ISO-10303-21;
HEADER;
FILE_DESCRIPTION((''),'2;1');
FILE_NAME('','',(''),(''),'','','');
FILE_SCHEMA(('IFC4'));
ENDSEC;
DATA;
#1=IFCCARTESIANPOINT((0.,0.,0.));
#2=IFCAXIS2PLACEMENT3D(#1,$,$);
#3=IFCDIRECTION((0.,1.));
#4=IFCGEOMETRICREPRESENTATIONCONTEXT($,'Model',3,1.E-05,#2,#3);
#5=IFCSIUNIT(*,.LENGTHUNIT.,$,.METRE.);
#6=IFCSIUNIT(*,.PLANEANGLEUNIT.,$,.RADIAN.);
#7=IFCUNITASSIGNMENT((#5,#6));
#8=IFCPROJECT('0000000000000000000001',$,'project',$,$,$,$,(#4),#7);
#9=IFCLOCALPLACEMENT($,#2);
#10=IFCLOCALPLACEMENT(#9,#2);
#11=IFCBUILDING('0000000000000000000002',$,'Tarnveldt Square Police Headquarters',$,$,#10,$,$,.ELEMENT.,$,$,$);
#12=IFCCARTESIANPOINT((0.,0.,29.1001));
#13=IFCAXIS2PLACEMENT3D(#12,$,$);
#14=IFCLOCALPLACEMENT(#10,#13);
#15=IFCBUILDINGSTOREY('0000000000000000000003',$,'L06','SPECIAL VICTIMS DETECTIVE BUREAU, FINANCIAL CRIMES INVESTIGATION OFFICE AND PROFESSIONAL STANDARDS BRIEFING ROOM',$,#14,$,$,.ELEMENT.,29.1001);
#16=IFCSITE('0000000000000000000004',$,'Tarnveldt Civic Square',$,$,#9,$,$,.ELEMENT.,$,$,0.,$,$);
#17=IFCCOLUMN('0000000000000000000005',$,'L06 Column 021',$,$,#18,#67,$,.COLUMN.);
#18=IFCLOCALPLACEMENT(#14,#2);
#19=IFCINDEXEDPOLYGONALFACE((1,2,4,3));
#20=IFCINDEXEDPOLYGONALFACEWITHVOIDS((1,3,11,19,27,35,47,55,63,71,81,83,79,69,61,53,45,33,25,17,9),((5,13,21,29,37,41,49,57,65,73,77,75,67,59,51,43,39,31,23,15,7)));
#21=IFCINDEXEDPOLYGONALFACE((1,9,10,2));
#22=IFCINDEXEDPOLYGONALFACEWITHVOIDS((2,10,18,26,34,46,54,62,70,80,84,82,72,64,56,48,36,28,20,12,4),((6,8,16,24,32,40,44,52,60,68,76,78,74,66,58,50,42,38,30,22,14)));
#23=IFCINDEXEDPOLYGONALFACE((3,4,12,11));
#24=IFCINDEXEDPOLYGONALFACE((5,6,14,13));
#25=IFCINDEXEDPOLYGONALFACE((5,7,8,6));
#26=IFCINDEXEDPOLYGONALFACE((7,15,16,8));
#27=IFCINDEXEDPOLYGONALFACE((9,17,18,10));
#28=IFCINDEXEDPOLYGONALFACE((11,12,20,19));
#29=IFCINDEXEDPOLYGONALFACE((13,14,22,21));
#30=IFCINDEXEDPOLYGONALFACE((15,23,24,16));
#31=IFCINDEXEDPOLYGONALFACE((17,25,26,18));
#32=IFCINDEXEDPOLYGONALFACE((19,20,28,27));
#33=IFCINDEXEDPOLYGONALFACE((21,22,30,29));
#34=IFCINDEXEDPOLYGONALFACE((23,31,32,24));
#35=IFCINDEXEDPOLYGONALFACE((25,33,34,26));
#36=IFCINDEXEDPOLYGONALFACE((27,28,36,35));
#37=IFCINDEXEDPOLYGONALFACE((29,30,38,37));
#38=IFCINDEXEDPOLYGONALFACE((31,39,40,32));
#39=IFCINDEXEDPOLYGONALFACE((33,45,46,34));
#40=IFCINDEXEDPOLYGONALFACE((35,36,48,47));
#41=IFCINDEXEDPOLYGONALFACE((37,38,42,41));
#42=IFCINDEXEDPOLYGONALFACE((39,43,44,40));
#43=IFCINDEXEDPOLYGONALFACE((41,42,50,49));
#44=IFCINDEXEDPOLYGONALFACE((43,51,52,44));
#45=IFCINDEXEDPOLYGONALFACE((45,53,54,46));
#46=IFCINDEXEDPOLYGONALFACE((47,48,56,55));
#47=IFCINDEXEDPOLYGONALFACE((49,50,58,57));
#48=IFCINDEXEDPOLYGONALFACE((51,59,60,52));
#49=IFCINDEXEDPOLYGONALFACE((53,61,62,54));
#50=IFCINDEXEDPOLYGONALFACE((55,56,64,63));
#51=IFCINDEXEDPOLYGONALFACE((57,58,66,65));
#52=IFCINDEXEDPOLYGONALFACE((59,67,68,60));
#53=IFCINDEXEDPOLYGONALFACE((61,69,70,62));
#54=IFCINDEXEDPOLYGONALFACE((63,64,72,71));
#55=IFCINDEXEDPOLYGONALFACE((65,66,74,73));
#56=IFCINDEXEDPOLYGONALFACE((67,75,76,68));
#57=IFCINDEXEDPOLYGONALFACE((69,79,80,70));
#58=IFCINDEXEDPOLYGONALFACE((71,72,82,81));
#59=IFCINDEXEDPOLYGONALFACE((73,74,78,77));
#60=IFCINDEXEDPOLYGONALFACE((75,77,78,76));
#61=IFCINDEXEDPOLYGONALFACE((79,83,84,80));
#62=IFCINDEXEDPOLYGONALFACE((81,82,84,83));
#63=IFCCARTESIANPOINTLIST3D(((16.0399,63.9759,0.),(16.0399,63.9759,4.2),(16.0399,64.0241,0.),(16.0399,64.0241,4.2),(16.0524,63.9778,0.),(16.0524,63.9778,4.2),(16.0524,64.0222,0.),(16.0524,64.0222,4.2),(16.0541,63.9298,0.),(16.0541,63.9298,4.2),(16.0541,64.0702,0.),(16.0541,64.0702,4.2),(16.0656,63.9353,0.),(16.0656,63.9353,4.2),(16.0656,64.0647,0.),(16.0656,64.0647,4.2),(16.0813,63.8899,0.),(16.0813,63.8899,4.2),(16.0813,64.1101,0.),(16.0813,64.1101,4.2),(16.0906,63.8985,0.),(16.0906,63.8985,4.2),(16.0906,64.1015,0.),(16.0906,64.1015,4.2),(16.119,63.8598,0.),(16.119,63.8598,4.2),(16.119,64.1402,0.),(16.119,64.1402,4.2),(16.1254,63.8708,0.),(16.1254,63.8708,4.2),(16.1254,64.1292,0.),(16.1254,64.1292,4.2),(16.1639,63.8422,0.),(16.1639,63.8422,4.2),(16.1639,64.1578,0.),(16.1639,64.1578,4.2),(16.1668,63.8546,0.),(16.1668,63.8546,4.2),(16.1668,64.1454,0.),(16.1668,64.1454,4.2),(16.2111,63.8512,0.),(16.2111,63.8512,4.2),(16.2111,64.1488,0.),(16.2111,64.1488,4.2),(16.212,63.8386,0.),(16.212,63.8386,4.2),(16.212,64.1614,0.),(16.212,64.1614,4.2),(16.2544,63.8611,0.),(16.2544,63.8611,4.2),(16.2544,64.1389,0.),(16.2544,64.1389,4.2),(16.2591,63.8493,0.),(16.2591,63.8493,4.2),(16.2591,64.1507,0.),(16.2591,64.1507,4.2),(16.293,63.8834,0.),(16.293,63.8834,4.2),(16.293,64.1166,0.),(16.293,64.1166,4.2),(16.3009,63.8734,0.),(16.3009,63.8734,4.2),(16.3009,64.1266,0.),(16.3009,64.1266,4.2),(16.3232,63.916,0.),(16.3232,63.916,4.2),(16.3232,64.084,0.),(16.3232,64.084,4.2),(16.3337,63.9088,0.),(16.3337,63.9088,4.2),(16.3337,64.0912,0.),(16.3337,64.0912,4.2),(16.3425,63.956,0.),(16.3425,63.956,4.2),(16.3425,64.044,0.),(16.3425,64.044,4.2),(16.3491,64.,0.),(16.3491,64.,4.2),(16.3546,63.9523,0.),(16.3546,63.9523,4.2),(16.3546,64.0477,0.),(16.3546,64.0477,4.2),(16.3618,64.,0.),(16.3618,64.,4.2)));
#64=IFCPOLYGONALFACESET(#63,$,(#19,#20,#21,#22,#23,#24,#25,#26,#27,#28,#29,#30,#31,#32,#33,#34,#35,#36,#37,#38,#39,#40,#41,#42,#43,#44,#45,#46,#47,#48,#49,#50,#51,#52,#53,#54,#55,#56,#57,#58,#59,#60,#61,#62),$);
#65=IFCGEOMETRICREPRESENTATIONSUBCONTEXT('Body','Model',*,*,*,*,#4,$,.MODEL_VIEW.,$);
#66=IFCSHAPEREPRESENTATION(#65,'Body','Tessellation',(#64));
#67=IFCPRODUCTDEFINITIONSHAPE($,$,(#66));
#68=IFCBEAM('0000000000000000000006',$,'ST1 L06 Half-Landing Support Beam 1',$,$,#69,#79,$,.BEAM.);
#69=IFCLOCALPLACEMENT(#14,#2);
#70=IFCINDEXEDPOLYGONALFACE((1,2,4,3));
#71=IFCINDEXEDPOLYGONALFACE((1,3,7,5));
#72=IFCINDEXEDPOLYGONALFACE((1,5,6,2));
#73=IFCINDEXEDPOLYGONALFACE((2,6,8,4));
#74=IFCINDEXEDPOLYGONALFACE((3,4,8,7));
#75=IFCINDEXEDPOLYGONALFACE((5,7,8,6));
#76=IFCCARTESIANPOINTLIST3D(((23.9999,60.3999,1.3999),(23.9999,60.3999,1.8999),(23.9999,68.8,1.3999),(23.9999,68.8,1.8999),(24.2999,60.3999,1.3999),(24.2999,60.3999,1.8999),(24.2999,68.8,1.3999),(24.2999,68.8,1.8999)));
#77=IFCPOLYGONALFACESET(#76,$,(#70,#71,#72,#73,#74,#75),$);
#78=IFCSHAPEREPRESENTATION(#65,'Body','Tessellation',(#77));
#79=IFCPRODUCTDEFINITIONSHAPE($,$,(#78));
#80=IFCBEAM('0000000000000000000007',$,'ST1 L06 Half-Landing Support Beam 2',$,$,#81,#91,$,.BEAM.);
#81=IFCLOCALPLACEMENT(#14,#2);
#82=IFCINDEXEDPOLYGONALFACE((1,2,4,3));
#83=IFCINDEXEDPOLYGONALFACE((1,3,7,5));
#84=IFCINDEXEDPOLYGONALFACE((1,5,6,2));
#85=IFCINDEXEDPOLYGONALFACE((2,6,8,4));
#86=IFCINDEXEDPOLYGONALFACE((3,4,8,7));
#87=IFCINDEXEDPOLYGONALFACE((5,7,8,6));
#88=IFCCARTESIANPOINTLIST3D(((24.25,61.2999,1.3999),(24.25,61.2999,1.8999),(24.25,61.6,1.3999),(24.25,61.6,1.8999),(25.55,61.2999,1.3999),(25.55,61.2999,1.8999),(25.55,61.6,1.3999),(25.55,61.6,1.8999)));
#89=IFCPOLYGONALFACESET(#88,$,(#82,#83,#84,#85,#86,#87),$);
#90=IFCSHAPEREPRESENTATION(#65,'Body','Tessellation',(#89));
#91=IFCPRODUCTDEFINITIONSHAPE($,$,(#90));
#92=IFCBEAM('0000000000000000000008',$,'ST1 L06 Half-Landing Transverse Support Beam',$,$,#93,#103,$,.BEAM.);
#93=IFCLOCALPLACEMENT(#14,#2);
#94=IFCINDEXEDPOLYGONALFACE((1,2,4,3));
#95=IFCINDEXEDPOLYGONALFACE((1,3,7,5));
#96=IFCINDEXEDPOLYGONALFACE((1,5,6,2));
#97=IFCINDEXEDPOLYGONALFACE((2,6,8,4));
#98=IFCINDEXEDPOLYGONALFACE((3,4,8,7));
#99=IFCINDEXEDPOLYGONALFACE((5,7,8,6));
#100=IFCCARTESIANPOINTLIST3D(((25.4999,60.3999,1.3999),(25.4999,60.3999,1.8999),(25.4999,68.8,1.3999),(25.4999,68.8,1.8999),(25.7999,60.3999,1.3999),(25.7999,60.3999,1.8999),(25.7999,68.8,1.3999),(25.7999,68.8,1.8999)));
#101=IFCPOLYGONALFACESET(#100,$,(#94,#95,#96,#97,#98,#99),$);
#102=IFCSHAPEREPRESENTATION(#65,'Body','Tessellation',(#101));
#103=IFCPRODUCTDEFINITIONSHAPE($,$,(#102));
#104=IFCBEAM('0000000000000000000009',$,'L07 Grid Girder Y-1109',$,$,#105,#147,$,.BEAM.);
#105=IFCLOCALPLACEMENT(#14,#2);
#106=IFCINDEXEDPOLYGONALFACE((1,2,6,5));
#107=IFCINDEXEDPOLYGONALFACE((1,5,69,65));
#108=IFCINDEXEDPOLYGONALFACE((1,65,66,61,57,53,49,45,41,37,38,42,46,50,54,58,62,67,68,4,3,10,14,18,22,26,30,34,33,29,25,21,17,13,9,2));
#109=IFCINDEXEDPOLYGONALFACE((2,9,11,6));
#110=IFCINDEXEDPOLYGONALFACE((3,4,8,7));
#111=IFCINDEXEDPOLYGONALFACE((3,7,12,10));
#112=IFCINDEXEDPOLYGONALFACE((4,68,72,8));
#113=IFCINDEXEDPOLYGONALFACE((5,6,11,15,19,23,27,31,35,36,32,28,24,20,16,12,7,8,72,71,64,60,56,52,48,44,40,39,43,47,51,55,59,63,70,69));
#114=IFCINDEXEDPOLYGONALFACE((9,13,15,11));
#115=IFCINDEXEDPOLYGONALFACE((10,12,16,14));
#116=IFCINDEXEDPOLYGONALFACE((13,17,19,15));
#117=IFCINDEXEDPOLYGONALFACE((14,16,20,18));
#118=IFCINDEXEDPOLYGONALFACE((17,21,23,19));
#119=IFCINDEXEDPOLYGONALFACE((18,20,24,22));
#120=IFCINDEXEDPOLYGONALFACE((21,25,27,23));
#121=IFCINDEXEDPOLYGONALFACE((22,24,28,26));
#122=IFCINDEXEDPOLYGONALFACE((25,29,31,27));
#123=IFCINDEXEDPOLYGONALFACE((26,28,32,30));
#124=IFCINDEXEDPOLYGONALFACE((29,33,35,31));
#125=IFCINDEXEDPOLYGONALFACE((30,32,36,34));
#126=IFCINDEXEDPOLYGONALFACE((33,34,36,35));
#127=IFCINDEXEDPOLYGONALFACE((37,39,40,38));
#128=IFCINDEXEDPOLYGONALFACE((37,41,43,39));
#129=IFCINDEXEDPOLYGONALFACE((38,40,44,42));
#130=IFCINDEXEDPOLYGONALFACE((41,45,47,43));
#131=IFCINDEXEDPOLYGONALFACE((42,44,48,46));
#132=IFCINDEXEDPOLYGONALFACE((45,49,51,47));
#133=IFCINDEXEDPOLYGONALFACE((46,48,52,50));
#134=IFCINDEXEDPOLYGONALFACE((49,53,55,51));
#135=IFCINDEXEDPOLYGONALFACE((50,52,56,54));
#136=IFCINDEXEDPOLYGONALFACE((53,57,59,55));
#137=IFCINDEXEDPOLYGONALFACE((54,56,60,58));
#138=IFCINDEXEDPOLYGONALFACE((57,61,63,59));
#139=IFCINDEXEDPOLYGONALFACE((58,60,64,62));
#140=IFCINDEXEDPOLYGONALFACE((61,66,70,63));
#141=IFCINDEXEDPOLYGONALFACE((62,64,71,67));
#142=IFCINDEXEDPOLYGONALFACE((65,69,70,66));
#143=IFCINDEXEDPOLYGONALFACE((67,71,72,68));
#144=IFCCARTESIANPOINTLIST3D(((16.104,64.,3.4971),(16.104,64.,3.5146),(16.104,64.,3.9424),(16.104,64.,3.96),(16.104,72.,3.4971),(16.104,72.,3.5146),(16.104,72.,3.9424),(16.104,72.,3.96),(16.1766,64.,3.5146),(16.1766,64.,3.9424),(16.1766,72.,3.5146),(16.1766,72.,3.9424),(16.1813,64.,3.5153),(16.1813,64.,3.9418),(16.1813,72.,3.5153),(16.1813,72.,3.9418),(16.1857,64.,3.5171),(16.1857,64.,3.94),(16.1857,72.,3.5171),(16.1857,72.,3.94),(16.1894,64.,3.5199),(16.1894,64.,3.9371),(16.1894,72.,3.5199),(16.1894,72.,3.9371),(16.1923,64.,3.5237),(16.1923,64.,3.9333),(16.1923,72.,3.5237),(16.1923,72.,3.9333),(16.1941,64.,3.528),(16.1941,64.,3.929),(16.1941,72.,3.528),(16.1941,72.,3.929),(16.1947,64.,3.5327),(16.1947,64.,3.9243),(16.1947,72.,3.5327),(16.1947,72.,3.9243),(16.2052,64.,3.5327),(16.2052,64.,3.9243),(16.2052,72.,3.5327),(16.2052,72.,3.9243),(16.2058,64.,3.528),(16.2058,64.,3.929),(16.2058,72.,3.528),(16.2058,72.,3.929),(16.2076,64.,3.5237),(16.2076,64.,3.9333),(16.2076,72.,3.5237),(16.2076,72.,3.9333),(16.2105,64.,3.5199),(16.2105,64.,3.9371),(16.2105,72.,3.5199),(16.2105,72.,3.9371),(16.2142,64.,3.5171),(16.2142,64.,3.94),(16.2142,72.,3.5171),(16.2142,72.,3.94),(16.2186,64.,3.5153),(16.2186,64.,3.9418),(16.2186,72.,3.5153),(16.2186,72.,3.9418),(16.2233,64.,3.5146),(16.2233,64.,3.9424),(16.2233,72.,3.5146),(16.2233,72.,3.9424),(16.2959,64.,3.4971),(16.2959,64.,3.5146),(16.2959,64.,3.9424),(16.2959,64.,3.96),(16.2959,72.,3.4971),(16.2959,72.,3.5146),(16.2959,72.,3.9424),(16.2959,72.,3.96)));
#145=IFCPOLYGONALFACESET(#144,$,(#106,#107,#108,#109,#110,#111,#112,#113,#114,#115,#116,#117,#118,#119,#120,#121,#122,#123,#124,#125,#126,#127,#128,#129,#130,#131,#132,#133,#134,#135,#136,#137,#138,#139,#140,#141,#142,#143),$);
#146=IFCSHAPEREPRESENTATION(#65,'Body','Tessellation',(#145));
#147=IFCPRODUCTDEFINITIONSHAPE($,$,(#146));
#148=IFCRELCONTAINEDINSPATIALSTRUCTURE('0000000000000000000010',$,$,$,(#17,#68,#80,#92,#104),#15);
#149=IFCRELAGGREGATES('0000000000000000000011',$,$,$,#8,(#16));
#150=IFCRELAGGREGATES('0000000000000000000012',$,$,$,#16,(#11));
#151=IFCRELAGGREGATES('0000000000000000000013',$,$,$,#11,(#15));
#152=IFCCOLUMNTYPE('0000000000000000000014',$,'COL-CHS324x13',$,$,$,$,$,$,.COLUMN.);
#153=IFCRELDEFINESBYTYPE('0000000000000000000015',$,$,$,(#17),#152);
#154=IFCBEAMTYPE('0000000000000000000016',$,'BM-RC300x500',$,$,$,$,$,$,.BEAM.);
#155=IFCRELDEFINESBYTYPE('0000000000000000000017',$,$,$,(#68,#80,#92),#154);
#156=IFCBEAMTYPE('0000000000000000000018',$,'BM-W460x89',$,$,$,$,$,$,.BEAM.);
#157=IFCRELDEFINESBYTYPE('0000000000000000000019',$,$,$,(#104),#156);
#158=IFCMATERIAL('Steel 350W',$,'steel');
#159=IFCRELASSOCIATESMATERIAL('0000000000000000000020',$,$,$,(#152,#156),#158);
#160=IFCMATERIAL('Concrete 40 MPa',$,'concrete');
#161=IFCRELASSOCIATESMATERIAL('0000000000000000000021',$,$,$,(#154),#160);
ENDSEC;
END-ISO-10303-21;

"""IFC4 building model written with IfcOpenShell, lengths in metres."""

from ifc_helpers import new_model, si_unit, direction, frame, origin, origin_2d, place, context, subcontext, project, spatial, rectangle, hollow_circle, i_section, extrude, material, material_profile, profile_set, type_object, element, save


model = new_model("IFC4")

# Units and contexts
model_context = context("Model", 3, precision=1e-05, world=origin(), true_north=direction((0.0, 1.0)))
body_context = subcontext(model_context, "Body", "Model", "MODEL_VIEW")
ifc_project = project(units=[si_unit("LENGTHUNIT", "METRE"), si_unit("PLANEANGLEUNIT", "RADIAN")], contexts=[model_context])

# Site, building, storey
site_placement = place(None, origin())
site = spatial("IfcSite", under=ifc_project, at=site_placement, Name="Tarnveldt Civic Square", CompositionType="ELEMENT", RefElevation=0.0)
building_placement = place(site_placement, origin())
building = spatial("IfcBuilding", under=site, at=building_placement, Name="Tarnveldt Square Police Headquarters", CompositionType="ELEMENT")
storey_placement = place(building_placement, frame((0.0, 0.0, 29.1001)))
storey = spatial("IfcBuildingStorey", under=building, at=storey_placement, Name="L06", Description="SPECIAL VICTIMS DETECTIVE BUREAU, FINANCIAL CRIMES INVESTIGATION OFFICE AND PROFESSIONAL STANDARDS BRIEFING ROOM", CompositionType="ELEMENT", Elevation=29.1001)

# Column
ifc_material_1 = material(Name="Steel 350W", Category="steel")
ifc_material_profile_1 = material_profile(ifc_material_1, hollow_circle(Radius=0.1619, WallThickness=0.0127, at=origin_2d()), Name="HSS324x13")
ifc_profile_set_1 = profile_set([ifc_material_profile_1], Name="Steel 350W")
column_type = type_object("IfcColumnType", Name="COL-CHS324x13", PredefinedType="COLUMN", material=ifc_profile_set_1)
column_placement = place(storey_placement, frame((16.2, 64.0, 0.0), z_axis=(0.0, 0.0, 1.0), x_axis=(1.0, 0.0, 0.0)))
element("IfcColumn", 1, at=column_placement, inside=storey, type_object=column_type, Name="L06 Column 021", PredefinedType="COLUMN", context=body_context, shape_type="SweptSolid", body=[
    extrude(hollow_circle(Radius=0.1619, WallThickness=0.0127, at=origin_2d()), origin(), (0.0, 0.0, 1.0), 4.2),
])

# Beams
ifc_material_2 = material(Name="Concrete 40 MPa", Category="concrete")
ifc_material_profile_2 = material_profile(ifc_material_2, rectangle(XDim=0.3, YDim=0.5, at=origin_2d()), Name="RC-B300x500")
ifc_profile_set_2 = profile_set([ifc_material_profile_2], Name="Concrete 40 MPa")
beam_type_1 = type_object("IfcBeamType", Name="BM-RC300x500", PredefinedType="BEAM", material=ifc_profile_set_2)
beam_1_placement = place(storey_placement, frame((24.1499, 60.3999, 1.6499), z_axis=(0.0, 1.0, 0.0), x_axis=(-1.0, 0.0, 0.0)))
element("IfcBeam", 2, at=beam_1_placement, inside=storey, type_object=beam_type_1, Name="ST1 L06 Half-Landing Support Beam 1", PredefinedType="BEAM", context=body_context, shape_type="SweptSolid", body=[
    extrude(rectangle(XDim=0.3, YDim=0.5, at=origin_2d()), origin(), (0.0, 0.0, 1.0), 8.4001),
])
beam_2_placement = place(storey_placement, frame((24.25, 61.45, 1.6499), z_axis=(1.0, 0.0, 0.0), x_axis=(0.0, 1.0, 0.0)))
element("IfcBeam", 3, at=beam_2_placement, inside=storey, type_object=beam_type_1, Name="ST1 L06 Half-Landing Support Beam 2", PredefinedType="BEAM", context=body_context, shape_type="SweptSolid", body=[
    extrude(rectangle(XDim=0.3, YDim=0.5, at=origin_2d()), origin(), (0.0, 0.0, 1.0), 1.3),
])
beam_3_placement = place(storey_placement, frame((25.6499, 60.3999, 1.6499), z_axis=(0.0, 1.0, 0.0), x_axis=(-1.0, 0.0, 0.0)))
element("IfcBeam", 4, at=beam_3_placement, inside=storey, type_object=beam_type_1, Name="ST1 L06 Half-Landing Transverse Support Beam", PredefinedType="BEAM", context=body_context, shape_type="SweptSolid", body=[
    extrude(rectangle(XDim=0.3, YDim=0.5, at=origin_2d()), origin(), (0.0, 0.0, 1.0), 8.4001),
])
ifc_material_profile_3 = material_profile(ifc_material_1, i_section(OverallWidth=0.1919, OverallDepth=0.4629, WebThickness=0.0105, FlangeThickness=0.0176, FilletRadius=0.0181, at=origin_2d()), Name="W460x89")
ifc_profile_set_3 = profile_set([ifc_material_profile_3], Name="Steel 350W")
beam_type_2 = type_object("IfcBeamType", Name="BM-W460x89", PredefinedType="BEAM", material=ifc_profile_set_3)
beam_4_placement = place(storey_placement, frame((16.2, 64.0, 3.7285), z_axis=(0.0, 1.0, 0.0), x_axis=(-1.0, 0.0, 0.0)))
element("IfcBeam", 5, at=beam_4_placement, inside=storey, type_object=beam_type_2, Name="L07 Grid Girder Y-1109", PredefinedType="BEAM", context=body_context, shape_type="SweptSolid", body=[
    extrude(i_section(OverallWidth=0.1919, OverallDepth=0.4629, WebThickness=0.0105, FlangeThickness=0.0176, FilletRadius=0.0181, at=origin_2d()), origin(), (0.0, 0.0, 1.0), 8.0),
])

save(model, "model.ifc")
